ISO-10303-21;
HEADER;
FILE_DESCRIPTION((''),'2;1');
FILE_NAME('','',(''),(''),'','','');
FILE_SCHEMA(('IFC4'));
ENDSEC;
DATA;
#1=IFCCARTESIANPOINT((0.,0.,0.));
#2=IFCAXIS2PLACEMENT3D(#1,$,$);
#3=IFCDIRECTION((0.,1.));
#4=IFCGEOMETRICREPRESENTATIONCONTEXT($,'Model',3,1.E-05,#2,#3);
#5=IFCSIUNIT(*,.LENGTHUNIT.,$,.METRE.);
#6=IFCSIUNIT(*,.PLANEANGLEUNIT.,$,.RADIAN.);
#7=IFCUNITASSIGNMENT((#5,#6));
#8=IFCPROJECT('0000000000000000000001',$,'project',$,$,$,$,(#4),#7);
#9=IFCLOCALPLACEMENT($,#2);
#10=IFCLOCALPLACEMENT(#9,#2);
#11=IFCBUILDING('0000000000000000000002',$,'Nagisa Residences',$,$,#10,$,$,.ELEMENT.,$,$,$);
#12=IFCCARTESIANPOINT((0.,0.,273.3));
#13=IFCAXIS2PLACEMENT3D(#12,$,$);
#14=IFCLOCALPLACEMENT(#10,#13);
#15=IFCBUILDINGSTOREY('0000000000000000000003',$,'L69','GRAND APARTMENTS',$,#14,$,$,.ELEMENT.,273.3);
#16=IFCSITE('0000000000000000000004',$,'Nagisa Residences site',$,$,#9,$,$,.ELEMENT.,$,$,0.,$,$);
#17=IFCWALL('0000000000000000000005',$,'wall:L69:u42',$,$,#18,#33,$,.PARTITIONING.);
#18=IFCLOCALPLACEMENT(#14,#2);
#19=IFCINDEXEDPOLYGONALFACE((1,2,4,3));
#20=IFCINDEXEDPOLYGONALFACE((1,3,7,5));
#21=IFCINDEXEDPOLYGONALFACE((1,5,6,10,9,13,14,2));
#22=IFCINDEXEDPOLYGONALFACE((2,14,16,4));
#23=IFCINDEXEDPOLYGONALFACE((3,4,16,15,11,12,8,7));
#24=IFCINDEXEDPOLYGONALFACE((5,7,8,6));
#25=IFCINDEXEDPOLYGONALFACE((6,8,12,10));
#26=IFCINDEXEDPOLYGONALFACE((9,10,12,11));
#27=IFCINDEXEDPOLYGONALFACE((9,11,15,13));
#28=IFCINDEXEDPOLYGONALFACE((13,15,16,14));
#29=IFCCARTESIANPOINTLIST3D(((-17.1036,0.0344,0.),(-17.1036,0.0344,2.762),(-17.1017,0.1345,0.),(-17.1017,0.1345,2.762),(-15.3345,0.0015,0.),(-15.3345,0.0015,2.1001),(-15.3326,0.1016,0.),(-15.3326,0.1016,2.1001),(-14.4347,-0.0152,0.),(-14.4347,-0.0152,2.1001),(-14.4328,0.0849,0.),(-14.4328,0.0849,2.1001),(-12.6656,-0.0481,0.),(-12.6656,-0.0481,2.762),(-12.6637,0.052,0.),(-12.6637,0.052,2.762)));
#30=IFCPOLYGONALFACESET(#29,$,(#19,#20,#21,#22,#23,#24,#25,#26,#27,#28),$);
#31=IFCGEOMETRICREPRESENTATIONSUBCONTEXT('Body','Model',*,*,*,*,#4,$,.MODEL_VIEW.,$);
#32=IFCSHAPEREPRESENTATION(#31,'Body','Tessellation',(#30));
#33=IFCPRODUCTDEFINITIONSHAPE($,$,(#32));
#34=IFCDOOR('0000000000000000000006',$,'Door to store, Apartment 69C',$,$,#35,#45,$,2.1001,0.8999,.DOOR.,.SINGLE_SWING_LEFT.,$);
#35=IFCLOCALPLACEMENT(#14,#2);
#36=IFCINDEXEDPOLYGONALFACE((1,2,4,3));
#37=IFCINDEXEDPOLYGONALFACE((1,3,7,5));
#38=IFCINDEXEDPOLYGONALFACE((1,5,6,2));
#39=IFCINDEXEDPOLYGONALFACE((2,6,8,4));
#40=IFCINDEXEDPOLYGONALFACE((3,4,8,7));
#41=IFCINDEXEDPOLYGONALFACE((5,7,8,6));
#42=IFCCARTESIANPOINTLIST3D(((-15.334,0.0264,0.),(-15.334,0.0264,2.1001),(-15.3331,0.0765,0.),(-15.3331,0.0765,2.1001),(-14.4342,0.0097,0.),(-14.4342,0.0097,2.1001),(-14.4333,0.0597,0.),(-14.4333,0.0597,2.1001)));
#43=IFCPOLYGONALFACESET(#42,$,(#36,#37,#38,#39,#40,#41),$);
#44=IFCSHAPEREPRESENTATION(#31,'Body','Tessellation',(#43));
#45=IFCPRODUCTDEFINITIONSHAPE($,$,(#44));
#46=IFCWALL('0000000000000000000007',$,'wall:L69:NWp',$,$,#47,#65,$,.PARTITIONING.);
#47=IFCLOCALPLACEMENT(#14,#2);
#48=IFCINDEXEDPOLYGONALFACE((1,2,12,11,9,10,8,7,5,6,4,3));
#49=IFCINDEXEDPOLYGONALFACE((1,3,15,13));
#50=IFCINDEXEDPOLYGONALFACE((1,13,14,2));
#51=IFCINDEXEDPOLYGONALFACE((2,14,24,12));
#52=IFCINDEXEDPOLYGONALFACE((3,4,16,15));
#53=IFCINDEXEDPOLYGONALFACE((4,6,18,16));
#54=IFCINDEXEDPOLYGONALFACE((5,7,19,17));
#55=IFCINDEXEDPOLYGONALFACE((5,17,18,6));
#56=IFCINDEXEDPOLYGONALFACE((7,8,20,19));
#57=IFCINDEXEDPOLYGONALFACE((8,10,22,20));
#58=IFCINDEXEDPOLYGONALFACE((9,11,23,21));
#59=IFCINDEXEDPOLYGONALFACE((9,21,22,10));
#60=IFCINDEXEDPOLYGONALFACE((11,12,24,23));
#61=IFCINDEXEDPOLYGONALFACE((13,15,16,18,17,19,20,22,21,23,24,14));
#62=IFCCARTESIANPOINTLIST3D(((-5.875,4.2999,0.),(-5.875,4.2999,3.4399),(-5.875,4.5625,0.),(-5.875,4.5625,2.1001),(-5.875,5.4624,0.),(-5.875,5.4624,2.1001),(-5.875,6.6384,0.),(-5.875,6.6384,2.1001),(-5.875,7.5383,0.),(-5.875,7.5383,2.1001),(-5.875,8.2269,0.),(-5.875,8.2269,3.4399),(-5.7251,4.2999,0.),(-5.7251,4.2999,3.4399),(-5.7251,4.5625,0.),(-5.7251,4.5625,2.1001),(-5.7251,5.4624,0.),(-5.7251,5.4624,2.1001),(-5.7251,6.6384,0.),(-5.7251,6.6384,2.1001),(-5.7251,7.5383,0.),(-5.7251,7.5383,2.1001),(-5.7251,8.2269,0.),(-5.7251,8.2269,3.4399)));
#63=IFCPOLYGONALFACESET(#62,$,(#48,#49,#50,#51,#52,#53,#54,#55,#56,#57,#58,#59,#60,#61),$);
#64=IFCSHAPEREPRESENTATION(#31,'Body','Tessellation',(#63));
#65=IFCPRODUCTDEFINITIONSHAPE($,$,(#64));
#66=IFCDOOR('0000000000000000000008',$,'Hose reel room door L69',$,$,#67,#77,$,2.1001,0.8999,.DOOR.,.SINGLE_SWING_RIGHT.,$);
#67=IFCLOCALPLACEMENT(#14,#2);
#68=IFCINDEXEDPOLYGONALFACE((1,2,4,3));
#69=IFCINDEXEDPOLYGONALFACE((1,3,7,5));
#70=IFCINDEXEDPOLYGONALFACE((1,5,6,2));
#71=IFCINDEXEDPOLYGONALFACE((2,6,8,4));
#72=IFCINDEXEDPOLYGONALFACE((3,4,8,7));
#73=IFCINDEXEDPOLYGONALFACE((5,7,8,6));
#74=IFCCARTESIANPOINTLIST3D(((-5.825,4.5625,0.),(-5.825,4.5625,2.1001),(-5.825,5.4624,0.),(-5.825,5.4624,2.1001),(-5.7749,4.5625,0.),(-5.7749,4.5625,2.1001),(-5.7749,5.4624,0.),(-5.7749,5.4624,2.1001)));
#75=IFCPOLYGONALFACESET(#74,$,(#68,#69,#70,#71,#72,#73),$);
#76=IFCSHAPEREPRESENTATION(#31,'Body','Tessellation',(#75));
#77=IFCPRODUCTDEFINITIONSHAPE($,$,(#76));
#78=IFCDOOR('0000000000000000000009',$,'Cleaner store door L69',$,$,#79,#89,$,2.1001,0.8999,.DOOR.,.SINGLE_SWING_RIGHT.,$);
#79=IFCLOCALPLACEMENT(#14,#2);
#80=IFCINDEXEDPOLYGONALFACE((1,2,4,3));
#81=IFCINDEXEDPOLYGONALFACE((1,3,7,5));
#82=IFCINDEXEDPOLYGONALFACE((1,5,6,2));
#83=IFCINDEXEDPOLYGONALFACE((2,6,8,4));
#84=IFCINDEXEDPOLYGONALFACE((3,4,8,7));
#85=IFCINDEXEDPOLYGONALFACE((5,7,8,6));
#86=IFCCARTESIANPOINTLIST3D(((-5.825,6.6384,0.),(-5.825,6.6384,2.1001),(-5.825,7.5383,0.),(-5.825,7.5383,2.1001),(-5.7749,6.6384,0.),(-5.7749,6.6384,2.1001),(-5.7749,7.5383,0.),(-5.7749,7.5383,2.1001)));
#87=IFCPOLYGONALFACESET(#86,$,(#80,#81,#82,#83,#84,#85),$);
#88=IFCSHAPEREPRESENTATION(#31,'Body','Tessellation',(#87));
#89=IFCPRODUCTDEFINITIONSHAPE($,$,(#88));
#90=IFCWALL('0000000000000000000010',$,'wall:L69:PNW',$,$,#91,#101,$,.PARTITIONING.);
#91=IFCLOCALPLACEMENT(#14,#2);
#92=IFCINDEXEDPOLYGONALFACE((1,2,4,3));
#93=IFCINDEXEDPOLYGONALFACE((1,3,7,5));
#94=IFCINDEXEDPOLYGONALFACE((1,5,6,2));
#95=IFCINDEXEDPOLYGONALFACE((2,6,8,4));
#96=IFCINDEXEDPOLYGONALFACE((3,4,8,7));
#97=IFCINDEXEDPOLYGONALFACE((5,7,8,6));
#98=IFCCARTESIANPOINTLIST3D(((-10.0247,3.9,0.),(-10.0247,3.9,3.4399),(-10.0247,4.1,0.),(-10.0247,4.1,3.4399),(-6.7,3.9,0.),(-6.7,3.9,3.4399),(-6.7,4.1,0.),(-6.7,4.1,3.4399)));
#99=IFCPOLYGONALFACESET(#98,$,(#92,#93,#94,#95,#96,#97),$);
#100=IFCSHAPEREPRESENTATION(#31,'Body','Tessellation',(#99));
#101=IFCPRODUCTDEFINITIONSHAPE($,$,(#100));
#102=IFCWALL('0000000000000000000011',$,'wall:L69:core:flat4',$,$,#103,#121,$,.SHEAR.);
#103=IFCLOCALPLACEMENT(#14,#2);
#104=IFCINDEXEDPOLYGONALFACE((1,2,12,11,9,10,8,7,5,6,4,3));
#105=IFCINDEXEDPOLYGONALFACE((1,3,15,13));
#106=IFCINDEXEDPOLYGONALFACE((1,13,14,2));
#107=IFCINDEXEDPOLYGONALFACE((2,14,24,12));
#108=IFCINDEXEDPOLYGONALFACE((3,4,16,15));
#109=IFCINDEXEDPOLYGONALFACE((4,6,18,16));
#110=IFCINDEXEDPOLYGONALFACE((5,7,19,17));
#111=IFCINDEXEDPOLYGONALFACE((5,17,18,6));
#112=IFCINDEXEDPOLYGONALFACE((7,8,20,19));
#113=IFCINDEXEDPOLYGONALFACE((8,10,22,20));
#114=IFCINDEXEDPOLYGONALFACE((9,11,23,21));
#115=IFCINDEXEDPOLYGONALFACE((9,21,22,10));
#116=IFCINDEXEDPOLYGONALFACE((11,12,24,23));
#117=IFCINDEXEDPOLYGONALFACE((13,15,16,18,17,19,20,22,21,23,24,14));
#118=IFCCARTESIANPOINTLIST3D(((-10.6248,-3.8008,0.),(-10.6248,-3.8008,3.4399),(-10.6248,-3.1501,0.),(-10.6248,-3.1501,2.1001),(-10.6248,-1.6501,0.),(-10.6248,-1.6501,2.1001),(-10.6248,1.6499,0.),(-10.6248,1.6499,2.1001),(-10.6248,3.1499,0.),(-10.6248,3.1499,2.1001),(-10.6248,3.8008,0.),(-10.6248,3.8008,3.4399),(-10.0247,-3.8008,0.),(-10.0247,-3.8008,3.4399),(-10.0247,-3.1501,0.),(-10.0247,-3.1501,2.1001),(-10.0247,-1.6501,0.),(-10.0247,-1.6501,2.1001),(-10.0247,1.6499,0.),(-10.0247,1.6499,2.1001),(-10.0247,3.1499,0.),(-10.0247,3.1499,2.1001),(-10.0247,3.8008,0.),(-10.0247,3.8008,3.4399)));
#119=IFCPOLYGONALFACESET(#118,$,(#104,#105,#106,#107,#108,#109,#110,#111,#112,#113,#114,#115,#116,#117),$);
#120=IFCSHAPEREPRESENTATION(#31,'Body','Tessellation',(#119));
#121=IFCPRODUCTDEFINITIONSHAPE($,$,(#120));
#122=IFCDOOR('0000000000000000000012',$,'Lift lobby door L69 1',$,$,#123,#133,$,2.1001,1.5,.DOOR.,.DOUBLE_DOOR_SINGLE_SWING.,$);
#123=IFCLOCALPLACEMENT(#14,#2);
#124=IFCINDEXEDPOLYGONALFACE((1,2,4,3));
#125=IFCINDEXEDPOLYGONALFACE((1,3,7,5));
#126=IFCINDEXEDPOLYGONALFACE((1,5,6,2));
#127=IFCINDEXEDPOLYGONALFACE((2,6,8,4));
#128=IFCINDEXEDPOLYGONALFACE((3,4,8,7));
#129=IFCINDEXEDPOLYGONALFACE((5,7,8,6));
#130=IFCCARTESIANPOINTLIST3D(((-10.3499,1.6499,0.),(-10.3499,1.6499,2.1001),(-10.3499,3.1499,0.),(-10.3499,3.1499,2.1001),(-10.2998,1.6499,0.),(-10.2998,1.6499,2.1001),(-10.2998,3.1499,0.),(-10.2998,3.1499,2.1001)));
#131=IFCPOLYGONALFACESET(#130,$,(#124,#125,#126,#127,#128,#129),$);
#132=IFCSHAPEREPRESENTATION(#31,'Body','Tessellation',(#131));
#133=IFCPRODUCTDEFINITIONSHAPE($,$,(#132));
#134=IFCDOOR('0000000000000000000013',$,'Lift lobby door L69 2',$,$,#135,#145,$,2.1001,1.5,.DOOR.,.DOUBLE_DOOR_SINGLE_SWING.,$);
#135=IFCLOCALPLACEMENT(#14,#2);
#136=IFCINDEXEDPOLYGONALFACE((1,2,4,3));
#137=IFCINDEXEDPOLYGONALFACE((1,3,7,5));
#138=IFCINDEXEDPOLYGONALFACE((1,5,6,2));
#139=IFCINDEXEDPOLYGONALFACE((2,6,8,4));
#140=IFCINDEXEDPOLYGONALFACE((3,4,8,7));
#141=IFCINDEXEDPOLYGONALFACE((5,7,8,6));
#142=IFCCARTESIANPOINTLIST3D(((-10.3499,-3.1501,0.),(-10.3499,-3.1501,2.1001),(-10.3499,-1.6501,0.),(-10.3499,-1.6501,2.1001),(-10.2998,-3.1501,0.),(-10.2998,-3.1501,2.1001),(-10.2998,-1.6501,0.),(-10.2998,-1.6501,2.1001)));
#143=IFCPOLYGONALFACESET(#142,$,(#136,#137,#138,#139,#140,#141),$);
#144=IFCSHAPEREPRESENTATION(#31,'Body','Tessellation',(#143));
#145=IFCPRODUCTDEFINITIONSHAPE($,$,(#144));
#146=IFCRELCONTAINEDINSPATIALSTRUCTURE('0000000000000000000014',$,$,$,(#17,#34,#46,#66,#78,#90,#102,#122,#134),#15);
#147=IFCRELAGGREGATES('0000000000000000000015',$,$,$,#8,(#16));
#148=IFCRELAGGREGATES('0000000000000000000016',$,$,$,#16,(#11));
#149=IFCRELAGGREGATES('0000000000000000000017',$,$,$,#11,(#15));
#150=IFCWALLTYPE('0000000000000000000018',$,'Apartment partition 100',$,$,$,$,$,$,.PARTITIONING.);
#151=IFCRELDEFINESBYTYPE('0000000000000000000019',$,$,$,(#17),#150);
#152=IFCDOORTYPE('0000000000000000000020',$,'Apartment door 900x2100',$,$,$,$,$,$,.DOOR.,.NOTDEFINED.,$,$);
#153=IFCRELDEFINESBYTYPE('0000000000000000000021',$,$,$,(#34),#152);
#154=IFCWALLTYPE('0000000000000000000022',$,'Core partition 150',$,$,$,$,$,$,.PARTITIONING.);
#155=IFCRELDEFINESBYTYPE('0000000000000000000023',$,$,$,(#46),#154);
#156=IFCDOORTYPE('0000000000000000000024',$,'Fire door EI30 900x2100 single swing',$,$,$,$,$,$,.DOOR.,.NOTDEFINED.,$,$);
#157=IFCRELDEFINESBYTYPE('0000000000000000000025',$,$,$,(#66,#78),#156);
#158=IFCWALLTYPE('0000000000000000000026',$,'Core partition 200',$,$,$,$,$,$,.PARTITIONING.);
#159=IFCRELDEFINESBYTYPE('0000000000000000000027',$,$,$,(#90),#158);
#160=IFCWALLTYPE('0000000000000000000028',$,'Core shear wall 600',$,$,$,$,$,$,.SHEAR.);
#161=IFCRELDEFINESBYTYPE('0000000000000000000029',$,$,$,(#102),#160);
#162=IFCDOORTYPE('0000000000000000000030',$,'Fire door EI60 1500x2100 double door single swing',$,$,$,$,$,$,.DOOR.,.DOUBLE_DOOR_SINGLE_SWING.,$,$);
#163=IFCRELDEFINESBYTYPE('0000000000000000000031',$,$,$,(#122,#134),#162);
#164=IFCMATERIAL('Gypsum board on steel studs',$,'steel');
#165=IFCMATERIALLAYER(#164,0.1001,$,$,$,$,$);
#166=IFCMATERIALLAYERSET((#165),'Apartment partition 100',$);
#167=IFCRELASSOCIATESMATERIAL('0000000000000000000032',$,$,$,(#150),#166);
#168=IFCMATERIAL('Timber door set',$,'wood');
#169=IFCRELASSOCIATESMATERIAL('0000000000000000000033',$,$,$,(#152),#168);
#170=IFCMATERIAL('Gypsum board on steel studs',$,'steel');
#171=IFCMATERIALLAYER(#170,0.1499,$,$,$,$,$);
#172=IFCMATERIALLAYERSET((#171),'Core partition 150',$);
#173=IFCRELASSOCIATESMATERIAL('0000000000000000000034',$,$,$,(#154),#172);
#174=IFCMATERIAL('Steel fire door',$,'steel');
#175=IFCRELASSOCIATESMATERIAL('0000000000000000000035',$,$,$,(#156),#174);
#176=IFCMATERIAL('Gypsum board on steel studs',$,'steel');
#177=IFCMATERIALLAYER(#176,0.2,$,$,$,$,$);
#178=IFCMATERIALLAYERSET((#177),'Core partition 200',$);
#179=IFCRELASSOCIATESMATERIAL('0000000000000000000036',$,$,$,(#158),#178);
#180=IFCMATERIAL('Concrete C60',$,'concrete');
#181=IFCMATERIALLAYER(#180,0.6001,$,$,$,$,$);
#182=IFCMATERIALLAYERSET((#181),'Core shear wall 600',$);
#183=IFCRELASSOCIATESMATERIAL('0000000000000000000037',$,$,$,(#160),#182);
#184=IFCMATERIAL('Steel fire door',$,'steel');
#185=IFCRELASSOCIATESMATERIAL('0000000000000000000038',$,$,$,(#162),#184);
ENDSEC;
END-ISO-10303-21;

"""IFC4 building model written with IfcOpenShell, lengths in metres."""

from ifc_helpers import new_model, si_unit, direction, frame, frame_2d, origin, place, context, subcontext, project, spatial, rectangle, extrude, material, layer, layer_set, type_object, element, fill, save


model = new_model("IFC4")

# Units and contexts
model_context = context("Model", 3, precision=1e-05, world=origin(), true_north=direction((0.0, 1.0)))
body_context = subcontext(model_context, "Body", "Model", "MODEL_VIEW")
ifc_project = project(units=[si_unit("LENGTHUNIT", "METRE"), si_unit("PLANEANGLEUNIT", "RADIAN")], contexts=[model_context])

# Site, building, storey
site_placement = place(None, origin())
site = spatial("IfcSite", under=ifc_project, at=site_placement, Name="Nagisa Residences site", CompositionType="ELEMENT", RefElevation=0.0)
building_placement = place(site_placement, origin())
building = spatial("IfcBuilding", under=site, at=building_placement, Name="Nagisa Residences", CompositionType="ELEMENT")
storey_placement = place(building_placement, frame((0.0, 0.0, 273.3)))
storey = spatial("IfcBuildingStorey", under=building, at=storey_placement, Name="L69", Description="GRAND APARTMENTS", CompositionType="ELEMENT", Elevation=273.3)

# Wall, opening, door
ifc_material_1 = material(Name="Gypsum board on steel studs", Category="steel")
ifc_layer_1 = layer(ifc_material_1, 0.1001)
ifc_layer_set_1 = layer_set([ifc_layer_1], Name="Apartment partition 100")
wall_type_1 = type_object("IfcWallType", Name="Apartment partition 100", PredefinedType="PARTITIONING", material=ifc_layer_set_1)
wall_1_placement = place(storey_placement, frame((-12.6648, 0.002, 0.0), z_axis=(0.0, 0.0, 1.0), x_axis=(-0.999827, 0.018591, 0.0)))
wall_1 = element("IfcWall", 1, at=wall_1_placement, inside=storey, type_object=wall_type_1, Name="wall:L69:u42", PredefinedType="PARTITIONING", context=body_context, shape_type="SweptSolid", body=[
    extrude(rectangle(XDim=4.4387, YDim=0.1001, at=frame_2d((2.2192, 0.0))), origin(), (0.0, 0.0, 1.0), 2.762),
])
opening_1_placement = place(wall_1_placement, frame((1.7693, 0.0, 0.0)))
opening_1 = element("IfcOpeningElement", 2, at=opening_1_placement, cuts=wall_1, PredefinedType="OPENING", context=body_context, shape_type="SweptSolid", body=[
    extrude(rectangle(XDim=0.8999, YDim=2.1001, at=frame_2d((0.45, 1.05))), frame((0.0, 0.0601, 0.0), z_axis=(0.0, -1.0, 0.0), x_axis=(1.0, 0.0, 0.0)), (0.0, 0.0, 1.0), 0.1201),
])
ifc_material_2 = material(Name="Timber door set", Category="wood")
door_type_1 = type_object("IfcDoorType", Name="Apartment door 900x2100", OperationType="NOTDEFINED", PredefinedType="DOOR", material=ifc_material_2)
door_1_placement = place(opening_1_placement, frame((0.8999, 0.0, 0.0), x_axis=(-1.0, 0.0, 0.0)))
door_1 = element("IfcDoor", 3, at=door_1_placement, inside=storey, type_object=door_type_1, Name="Door to store, Apartment 69C", OperationType="SINGLE_SWING_LEFT", OverallHeight=2.1001, OverallWidth=0.8999, PredefinedType="DOOR", context=body_context, shape_type="SweptSolid", body=[
    extrude(rectangle(XDim=0.8999, YDim=2.1001, at=frame_2d((0.45, 1.05))), frame((0.0, 0.0249, 0.0), z_axis=(0.0, -1.0, 0.0), x_axis=(1.0, 0.0, 0.0)), (0.0, 0.0, 1.0), 0.05),
])
fill(opening_1, door_1)

# Wall, openings, doors
ifc_material_3 = material(Name="Gypsum board on steel studs", Category="steel")
ifc_layer_2 = layer(ifc_material_3, 0.1499)
ifc_layer_set_2 = layer_set([ifc_layer_2], Name="Core partition 150")
wall_type_2 = type_object("IfcWallType", Name="Core partition 150", PredefinedType="PARTITIONING", material=ifc_layer_set_2)
wall_2_placement = place(storey_placement, frame((-5.8, 4.3, 0.0), z_axis=(0.0, 0.0, 1.0), x_axis=(0.0, 1.0, 0.0)))
wall_2 = element("IfcWall", 4, at=wall_2_placement, inside=storey, type_object=wall_type_2, Name="wall:L69:NWp", PredefinedType="PARTITIONING", context=body_context, shape_type="SweptSolid", body=[
    extrude(rectangle(XDim=3.927, YDim=0.1499, at=frame_2d((1.9634, 0.0))), origin(), (0.0, 0.0, 1.0), 3.4399),
])
opening_2_placement = place(wall_2_placement, frame((0.2625, 0.0, 0.0)))
opening_2 = element("IfcOpeningElement", 5, at=opening_2_placement, cuts=wall_2, PredefinedType="OPENING", context=body_context, shape_type="SweptSolid", body=[
    extrude(rectangle(XDim=0.8999, YDim=2.1001, at=frame_2d((0.45, 1.05))), frame((0.0, 0.085, 0.0), z_axis=(0.0, -1.0, 0.0), x_axis=(1.0, 0.0, 0.0)), (0.0, 0.0, 1.0), 0.1699),
])
opening_3_placement = place(wall_2_placement, frame((2.3384, 0.0, 0.0)))
opening_3 = element("IfcOpeningElement", 6, at=opening_3_placement, cuts=wall_2, PredefinedType="OPENING", context=body_context, shape_type="SweptSolid", body=[
    extrude(rectangle(XDim=0.8999, YDim=2.1001, at=frame_2d((0.45, 1.05))), frame((0.0, 0.085, 0.0), z_axis=(0.0, -1.0, 0.0), x_axis=(1.0, 0.0, 0.0)), (0.0, 0.0, 1.0), 0.1699),
])
ifc_material_4 = material(Name="Steel fire door", Category="steel")
door_type_2 = type_object("IfcDoorType", Name="Fire door EI30 900x2100 single swing", OperationType="NOTDEFINED", PredefinedType="DOOR", material=ifc_material_4)
door_2_placement = place(opening_2_placement, origin())
door_2 = element("IfcDoor", 7, at=door_2_placement, inside=storey, type_object=door_type_2, Name="Hose reel room door L69", OperationType="SINGLE_SWING_RIGHT", OverallHeight=2.1001, OverallWidth=0.8999, PredefinedType="DOOR", context=body_context, shape_type="SweptSolid", body=[
    extrude(rectangle(XDim=0.8999, YDim=2.1001, at=frame_2d((0.45, 1.05))), frame((0.0, 0.0249, 0.0), z_axis=(0.0, -1.0, 0.0), x_axis=(1.0, 0.0, 0.0)), (0.0, 0.0, 1.0), 0.05),
])
fill(opening_2, door_2)
door_3_placement = place(opening_3_placement, origin())
door_3 = element("IfcDoor", 8, at=door_3_placement, inside=storey, type_object=door_type_2, Name="Cleaner store door L69", OperationType="SINGLE_SWING_RIGHT", OverallHeight=2.1001, OverallWidth=0.8999, PredefinedType="DOOR", context=body_context, shape_type="SweptSolid", body=[
    extrude(rectangle(XDim=0.8999, YDim=2.1001, at=frame_2d((0.45, 1.05))), frame((0.0, 0.0249, 0.0), z_axis=(0.0, -1.0, 0.0), x_axis=(1.0, 0.0, 0.0)), (0.0, 0.0, 1.0), 0.05),
])
fill(opening_3, door_3)

# Wall
ifc_material_5 = material(Name="Gypsum board on steel studs", Category="steel")
ifc_layer_3 = layer(ifc_material_5, 0.2)
ifc_layer_set_3 = layer_set([ifc_layer_3], Name="Core partition 200")
wall_type_3 = type_object("IfcWallType", Name="Core partition 200", PredefinedType="PARTITIONING", material=ifc_layer_set_3)
wall_3_placement = place(storey_placement, frame((-10.0247, 4.0, 0.0), z_axis=(0.0, 0.0, 1.0), x_axis=(1.0, 0.0, 0.0)))
element("IfcWall", 9, at=wall_3_placement, inside=storey, type_object=wall_type_3, Name="wall:L69:PNW", PredefinedType="PARTITIONING", context=body_context, shape_type="SweptSolid", body=[
    extrude(rectangle(XDim=3.3247, YDim=0.2, at=frame_2d((1.6624, 0.0))), origin(), (0.0, 0.0, 1.0), 3.4399),
])

# Wall, openings, doors
ifc_material_6 = material(Name="Concrete C60", Category="concrete")
ifc_layer_4 = layer(ifc_material_6, 0.6001)
ifc_layer_set_4 = layer_set([ifc_layer_4], Name="Core shear wall 600")
wall_type_4 = type_object("IfcWallType", Name="Core shear wall 600", PredefinedType="SHEAR", material=ifc_layer_set_4)
wall_4_placement = place(storey_placement, frame((-10.3247, 3.8008, 0.0), z_axis=(0.0, 0.0, 1.0), x_axis=(0.0, -1.0, 0.0)))
wall_4 = element("IfcWall", 10, at=wall_4_placement, inside=storey, type_object=wall_type_4, Name="wall:L69:core:flat4", PredefinedType="SHEAR", context=body_context, shape_type="SweptSolid", body=[
    extrude(rectangle(XDim=7.6016, YDim=0.6001, at=frame_2d((3.8008, 0.0))), origin(), (0.0, 0.0, 1.0), 3.4399),
])
opening_4_placement = place(wall_4_placement, frame((0.6509, 0.0, 0.0)))
opening_4 = element("IfcOpeningElement", 11, at=opening_4_placement, cuts=wall_4, PredefinedType="OPENING", context=body_context, shape_type="SweptSolid", body=[
    extrude(rectangle(XDim=1.5, YDim=2.1001, at=frame_2d((0.75, 1.05))), frame((0.0, 0.3101, 0.0), z_axis=(0.0, -1.0, 0.0), x_axis=(1.0, 0.0, 0.0)), (0.0, 0.0, 1.0), 0.6201),
])
opening_5_placement = place(wall_4_placement, frame((5.4509, 0.0, 0.0)))
opening_5 = element("IfcOpeningElement", 12, at=opening_5_placement, cuts=wall_4, PredefinedType="OPENING", context=body_context, shape_type="SweptSolid", body=[
    extrude(rectangle(XDim=1.5, YDim=2.1001, at=frame_2d((0.75, 1.05))), frame((0.0, 0.3101, 0.0), z_axis=(0.0, -1.0, 0.0), x_axis=(1.0, 0.0, 0.0)), (0.0, 0.0, 1.0), 0.6201),
])
ifc_material_7 = material(Name="Steel fire door", Category="steel")
door_type_3 = type_object("IfcDoorType", Name="Fire door EI60 1500x2100 double door single swing", OperationType="DOUBLE_DOOR_SINGLE_SWING", PredefinedType="DOOR", material=ifc_material_7)
door_4_placement = place(opening_4_placement, origin())
door_4 = element("IfcDoor", 13, at=door_4_placement, inside=storey, type_object=door_type_3, Name="Lift lobby door L69 1", OperationType="DOUBLE_DOOR_SINGLE_SWING", OverallHeight=2.1001, OverallWidth=1.5, PredefinedType="DOOR", context=body_context, shape_type="SweptSolid", body=[
    extrude(rectangle(XDim=1.5, YDim=2.1001, at=frame_2d((0.75, 1.05))), frame((0.0, 0.0249, 0.0), z_axis=(0.0, -1.0, 0.0), x_axis=(1.0, 0.0, 0.0)), (0.0, 0.0, 1.0), 0.05),
])
fill(opening_4, door_4)
door_5_placement = place(opening_5_placement, origin())
door_5 = element("IfcDoor", 14, at=door_5_placement, inside=storey, type_object=door_type_3, Name="Lift lobby door L69 2", OperationType="DOUBLE_DOOR_SINGLE_SWING", OverallHeight=2.1001, OverallWidth=1.5, PredefinedType="DOOR", context=body_context, shape_type="SweptSolid", body=[
    extrude(rectangle(XDim=1.5, YDim=2.1001, at=frame_2d((0.75, 1.05))), frame((0.0, 0.0249, 0.0), z_axis=(0.0, -1.0, 0.0), x_axis=(1.0, 0.0, 0.0)), (0.0, 0.0, 1.0), 0.05),
])
fill(opening_5, door_5)

save(model, "model.ifc")
